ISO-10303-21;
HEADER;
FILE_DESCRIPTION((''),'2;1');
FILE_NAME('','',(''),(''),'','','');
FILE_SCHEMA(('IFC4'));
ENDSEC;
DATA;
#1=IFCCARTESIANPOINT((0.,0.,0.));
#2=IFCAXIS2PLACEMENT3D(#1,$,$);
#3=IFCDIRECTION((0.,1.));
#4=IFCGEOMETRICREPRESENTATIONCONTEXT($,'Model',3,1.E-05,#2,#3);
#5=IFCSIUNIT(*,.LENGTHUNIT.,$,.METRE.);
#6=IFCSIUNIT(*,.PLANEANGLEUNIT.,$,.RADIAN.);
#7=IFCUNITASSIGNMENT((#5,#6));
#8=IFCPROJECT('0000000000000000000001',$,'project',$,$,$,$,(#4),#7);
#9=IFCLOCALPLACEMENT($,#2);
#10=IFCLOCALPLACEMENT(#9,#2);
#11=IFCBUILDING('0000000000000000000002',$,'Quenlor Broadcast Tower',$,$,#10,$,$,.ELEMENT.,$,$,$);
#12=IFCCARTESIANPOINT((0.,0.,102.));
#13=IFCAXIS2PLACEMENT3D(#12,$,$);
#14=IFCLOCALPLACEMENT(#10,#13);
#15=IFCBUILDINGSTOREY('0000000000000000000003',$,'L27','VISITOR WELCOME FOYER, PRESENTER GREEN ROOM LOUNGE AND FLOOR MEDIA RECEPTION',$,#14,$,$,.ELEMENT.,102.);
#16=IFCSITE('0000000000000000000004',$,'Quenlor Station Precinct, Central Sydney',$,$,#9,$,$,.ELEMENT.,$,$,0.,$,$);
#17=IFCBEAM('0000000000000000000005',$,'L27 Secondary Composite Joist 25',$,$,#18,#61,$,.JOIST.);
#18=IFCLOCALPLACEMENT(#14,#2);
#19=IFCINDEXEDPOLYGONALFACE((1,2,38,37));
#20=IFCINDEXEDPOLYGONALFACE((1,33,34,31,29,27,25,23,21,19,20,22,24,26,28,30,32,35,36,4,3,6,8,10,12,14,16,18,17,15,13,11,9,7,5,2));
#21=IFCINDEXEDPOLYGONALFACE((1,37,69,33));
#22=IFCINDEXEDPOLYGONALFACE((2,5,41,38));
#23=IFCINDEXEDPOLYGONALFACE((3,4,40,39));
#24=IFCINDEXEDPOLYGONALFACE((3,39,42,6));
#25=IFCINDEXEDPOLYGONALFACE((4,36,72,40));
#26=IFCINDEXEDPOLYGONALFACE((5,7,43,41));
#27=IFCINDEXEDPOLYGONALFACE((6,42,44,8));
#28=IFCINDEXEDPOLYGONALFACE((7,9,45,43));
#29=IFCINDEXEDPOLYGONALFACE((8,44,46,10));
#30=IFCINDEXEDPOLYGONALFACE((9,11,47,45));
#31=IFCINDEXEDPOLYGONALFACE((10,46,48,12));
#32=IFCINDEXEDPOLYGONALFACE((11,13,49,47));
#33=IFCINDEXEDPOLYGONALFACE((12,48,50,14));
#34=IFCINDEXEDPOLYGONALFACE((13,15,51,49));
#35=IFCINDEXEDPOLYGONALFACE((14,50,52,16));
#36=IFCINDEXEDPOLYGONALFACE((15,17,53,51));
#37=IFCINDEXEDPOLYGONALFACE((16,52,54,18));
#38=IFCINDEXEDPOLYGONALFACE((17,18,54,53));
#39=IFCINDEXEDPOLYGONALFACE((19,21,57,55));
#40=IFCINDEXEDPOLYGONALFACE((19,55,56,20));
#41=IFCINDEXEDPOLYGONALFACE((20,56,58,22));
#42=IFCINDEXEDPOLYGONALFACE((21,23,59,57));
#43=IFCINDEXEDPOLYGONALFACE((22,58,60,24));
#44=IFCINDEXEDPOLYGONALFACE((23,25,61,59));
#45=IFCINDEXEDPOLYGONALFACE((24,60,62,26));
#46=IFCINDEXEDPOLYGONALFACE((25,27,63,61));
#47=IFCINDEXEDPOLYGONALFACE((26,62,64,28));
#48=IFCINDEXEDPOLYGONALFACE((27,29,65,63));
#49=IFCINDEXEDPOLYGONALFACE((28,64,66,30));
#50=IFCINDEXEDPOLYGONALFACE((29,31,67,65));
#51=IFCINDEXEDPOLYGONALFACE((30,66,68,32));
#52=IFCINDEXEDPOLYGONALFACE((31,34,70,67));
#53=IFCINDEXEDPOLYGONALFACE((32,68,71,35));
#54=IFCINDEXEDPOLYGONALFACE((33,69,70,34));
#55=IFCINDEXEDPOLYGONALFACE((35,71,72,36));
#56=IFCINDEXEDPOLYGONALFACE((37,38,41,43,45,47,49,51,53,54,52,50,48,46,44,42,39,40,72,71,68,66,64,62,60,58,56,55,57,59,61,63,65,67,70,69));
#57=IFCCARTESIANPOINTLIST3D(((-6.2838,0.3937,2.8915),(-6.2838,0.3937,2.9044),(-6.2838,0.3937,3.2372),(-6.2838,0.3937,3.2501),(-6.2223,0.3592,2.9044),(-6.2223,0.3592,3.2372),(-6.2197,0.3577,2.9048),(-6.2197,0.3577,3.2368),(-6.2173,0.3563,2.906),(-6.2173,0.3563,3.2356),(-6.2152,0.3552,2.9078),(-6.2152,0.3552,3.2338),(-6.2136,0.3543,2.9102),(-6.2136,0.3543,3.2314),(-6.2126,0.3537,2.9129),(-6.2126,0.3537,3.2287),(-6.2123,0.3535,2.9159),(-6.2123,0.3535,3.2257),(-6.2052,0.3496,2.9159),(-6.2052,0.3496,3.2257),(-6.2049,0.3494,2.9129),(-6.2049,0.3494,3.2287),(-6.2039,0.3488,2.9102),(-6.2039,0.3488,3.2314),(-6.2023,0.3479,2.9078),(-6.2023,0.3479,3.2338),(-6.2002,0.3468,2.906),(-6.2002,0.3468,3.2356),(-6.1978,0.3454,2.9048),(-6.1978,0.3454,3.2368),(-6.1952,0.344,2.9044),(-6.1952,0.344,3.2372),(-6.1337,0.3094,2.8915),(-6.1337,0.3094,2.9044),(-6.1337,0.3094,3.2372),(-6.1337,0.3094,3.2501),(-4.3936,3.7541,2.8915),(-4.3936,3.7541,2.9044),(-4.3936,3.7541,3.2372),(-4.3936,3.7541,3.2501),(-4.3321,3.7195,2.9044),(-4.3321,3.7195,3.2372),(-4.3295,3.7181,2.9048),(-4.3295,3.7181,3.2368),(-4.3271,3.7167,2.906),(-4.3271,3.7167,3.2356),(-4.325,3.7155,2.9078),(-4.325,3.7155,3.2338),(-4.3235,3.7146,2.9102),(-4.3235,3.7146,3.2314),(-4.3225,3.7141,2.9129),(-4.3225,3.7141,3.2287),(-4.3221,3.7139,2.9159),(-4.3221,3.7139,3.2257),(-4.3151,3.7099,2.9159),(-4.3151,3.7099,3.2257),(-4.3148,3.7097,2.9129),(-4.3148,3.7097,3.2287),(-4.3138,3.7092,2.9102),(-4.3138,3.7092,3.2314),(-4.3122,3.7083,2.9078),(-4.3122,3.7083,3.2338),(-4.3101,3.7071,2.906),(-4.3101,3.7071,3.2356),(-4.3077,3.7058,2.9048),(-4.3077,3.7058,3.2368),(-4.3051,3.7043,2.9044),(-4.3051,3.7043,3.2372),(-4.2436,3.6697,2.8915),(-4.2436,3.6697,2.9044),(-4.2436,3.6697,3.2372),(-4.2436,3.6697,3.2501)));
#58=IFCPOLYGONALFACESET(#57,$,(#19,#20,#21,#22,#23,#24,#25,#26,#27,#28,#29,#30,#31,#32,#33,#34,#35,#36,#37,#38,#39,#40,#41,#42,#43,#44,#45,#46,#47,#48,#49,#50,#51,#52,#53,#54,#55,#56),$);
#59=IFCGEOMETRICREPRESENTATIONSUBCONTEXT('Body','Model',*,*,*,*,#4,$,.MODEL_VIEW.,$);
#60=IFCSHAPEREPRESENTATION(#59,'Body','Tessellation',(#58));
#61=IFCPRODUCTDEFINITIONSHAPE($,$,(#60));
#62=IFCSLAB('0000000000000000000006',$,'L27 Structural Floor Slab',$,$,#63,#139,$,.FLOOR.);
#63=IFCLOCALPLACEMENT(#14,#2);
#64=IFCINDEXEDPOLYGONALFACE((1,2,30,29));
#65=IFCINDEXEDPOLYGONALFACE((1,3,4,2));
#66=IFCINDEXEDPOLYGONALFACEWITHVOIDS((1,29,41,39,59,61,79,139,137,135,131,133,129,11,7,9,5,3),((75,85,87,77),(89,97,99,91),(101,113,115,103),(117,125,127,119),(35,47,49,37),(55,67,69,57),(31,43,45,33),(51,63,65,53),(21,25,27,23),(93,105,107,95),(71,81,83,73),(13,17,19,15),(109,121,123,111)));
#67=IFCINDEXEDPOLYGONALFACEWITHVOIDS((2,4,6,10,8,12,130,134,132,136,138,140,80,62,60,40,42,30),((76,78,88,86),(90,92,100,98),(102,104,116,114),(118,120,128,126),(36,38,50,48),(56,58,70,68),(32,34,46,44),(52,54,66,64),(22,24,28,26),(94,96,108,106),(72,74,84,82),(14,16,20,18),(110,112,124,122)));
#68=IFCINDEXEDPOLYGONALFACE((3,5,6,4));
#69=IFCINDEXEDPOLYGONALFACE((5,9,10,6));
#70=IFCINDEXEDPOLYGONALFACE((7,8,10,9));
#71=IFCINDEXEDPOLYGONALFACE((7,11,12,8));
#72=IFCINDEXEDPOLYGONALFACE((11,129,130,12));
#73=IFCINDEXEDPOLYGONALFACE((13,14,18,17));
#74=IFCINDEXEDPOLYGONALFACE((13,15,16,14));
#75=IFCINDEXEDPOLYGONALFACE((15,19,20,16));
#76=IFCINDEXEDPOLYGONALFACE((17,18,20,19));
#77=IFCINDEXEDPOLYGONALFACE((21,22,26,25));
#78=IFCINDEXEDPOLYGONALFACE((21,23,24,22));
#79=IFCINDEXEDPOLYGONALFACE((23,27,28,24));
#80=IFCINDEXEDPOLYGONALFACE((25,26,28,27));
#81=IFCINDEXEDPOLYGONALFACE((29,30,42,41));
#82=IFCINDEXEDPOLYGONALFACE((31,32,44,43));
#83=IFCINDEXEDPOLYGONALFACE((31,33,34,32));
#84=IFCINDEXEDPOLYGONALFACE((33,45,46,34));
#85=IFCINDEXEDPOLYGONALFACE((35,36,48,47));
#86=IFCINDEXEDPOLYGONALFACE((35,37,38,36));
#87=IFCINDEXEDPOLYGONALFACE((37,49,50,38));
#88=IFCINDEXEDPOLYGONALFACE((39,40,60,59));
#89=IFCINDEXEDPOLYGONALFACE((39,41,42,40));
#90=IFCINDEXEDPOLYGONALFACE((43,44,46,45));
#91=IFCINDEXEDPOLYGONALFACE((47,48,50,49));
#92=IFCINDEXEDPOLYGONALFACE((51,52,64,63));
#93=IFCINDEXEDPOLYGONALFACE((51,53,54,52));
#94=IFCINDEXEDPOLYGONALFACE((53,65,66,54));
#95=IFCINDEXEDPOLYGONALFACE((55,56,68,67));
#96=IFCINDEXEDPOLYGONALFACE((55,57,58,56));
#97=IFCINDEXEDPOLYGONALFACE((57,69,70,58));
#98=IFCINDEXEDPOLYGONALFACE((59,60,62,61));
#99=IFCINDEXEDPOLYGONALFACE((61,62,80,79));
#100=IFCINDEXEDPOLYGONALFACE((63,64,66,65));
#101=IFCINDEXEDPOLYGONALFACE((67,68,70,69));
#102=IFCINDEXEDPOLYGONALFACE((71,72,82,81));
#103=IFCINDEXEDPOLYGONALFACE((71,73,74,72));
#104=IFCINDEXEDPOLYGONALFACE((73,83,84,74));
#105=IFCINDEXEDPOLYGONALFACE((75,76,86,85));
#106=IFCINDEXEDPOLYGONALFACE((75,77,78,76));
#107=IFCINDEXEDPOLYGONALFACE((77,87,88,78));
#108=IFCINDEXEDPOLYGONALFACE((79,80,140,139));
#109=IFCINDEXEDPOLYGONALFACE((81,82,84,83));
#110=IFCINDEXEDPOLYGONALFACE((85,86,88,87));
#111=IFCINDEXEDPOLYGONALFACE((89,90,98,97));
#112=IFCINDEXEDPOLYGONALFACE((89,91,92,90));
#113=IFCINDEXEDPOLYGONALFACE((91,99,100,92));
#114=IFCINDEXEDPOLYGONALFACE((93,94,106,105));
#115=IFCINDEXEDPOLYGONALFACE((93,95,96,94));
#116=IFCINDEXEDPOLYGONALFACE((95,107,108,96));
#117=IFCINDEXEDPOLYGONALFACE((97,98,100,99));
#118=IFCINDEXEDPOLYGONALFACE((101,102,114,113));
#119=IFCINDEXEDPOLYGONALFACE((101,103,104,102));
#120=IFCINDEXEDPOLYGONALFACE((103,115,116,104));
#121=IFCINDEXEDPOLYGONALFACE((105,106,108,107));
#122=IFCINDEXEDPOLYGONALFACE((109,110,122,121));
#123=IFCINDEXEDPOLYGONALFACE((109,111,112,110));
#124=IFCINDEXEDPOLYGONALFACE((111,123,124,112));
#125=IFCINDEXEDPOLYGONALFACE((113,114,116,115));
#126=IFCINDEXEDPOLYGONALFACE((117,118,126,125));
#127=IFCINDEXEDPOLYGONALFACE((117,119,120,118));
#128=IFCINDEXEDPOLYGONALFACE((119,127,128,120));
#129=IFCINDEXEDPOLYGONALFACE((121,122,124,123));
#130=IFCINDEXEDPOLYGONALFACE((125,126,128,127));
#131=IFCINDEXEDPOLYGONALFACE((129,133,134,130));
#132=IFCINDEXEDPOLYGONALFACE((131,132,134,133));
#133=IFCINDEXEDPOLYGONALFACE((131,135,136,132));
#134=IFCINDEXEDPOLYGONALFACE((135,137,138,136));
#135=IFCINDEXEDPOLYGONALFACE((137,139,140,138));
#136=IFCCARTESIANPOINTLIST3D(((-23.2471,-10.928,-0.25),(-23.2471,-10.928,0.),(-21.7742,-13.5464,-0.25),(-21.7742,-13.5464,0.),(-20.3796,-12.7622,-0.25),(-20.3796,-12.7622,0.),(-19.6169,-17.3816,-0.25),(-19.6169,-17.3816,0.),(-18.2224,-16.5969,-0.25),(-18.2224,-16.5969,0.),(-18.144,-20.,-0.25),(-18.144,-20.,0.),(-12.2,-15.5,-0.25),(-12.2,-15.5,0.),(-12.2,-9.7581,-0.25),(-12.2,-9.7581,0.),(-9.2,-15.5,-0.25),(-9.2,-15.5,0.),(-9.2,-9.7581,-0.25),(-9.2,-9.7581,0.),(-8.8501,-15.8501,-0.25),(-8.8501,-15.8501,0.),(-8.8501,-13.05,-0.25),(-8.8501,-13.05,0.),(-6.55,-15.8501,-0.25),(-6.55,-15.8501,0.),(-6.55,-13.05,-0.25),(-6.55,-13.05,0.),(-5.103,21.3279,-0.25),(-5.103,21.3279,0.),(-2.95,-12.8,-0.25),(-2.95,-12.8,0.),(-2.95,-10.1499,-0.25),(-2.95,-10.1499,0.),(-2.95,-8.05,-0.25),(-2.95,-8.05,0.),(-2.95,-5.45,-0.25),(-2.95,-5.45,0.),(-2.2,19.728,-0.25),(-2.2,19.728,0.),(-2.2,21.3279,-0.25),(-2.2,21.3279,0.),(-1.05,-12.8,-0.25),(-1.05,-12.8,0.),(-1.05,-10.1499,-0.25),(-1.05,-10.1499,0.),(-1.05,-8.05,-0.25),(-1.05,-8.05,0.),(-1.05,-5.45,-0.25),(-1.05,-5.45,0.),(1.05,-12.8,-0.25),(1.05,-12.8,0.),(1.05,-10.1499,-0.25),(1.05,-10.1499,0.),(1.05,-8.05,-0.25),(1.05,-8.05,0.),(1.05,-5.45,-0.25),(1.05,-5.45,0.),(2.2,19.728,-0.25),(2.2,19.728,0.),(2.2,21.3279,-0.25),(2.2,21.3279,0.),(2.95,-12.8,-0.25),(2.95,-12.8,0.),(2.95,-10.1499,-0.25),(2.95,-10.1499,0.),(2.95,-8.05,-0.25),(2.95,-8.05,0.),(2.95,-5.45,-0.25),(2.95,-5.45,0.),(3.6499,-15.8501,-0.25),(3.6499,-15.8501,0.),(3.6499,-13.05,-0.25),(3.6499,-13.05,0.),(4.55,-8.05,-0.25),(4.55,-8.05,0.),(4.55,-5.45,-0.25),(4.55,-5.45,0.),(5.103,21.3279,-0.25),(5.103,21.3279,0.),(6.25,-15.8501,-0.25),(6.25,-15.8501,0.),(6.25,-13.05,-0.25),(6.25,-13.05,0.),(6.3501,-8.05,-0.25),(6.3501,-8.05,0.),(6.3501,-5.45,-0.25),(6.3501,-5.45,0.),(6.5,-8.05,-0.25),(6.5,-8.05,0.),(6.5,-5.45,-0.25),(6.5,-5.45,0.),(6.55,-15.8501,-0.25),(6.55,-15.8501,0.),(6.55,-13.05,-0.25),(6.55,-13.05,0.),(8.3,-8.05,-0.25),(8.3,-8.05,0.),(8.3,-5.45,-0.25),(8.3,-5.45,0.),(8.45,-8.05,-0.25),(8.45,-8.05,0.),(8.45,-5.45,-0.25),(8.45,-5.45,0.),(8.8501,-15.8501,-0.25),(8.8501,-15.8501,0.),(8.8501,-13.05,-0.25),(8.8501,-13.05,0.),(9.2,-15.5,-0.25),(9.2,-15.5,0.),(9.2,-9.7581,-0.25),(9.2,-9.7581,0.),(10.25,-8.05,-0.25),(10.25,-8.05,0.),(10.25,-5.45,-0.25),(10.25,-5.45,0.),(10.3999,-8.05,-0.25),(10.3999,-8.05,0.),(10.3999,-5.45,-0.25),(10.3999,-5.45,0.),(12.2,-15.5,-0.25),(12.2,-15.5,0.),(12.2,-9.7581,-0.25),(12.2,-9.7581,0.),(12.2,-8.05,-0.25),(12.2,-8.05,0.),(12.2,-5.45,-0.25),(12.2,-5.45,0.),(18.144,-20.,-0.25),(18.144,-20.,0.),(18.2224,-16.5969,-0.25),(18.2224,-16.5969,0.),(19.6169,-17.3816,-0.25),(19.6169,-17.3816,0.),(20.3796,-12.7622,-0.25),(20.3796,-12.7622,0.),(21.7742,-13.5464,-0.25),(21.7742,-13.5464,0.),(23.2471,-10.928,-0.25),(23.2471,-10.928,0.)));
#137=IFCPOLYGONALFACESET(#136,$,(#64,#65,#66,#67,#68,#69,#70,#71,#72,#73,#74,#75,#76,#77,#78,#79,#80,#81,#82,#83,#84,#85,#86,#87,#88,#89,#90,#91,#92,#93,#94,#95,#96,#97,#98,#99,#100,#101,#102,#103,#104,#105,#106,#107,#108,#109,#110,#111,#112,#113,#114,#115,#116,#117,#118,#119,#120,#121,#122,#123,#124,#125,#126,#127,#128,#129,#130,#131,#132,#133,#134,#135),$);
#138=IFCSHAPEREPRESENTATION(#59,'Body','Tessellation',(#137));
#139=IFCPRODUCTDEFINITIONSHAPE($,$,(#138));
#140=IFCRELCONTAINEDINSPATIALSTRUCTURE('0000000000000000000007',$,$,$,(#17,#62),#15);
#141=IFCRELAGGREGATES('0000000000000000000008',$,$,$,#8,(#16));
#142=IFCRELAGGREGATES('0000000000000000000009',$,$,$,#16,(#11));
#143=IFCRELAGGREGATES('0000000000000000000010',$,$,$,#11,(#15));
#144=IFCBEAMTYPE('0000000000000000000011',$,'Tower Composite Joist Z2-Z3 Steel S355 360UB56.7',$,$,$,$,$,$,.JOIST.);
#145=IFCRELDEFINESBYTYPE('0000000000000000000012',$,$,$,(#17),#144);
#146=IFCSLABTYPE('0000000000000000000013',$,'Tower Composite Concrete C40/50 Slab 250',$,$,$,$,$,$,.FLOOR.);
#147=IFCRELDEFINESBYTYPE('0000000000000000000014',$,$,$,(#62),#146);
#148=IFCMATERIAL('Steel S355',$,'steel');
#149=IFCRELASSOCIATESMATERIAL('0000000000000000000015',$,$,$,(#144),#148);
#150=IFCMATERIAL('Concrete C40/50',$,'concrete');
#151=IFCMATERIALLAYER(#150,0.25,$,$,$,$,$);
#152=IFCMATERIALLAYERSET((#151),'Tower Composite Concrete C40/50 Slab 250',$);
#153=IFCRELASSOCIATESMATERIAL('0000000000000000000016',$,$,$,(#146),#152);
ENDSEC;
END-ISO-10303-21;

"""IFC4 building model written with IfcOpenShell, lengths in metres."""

from ifc_helpers import new_model, si_unit, direction, frame, origin, origin_2d, place, context, subcontext, project, spatial, polyline, i_section, outline, extrude, material, layer, layer_set, material_profile, profile_set, type_object, element, save


model = new_model("IFC4")

# Units and contexts
model_context = context("Model", 3, precision=1e-05, world=origin(), true_north=direction((0.0, 1.0)))
body_context = subcontext(model_context, "Body", "Model", "MODEL_VIEW")
ifc_project = project(units=[si_unit("LENGTHUNIT", "METRE"), si_unit("PLANEANGLEUNIT", "RADIAN")], contexts=[model_context])

# Site, building, storey
site_placement = place(None, origin())
site = spatial("IfcSite", under=ifc_project, at=site_placement, Name="Quenlor Station Precinct, Central Sydney", CompositionType="ELEMENT", RefElevation=0.0)
building_placement = place(site_placement, origin())
building = spatial("IfcBuilding", under=site, at=building_placement, Name="Quenlor Broadcast Tower", CompositionType="ELEMENT")
storey_placement = place(building_placement, frame((0.0, 0.0, 102.0)))
storey = spatial("IfcBuildingStorey", under=building, at=storey_placement, Name="L27", Description="VISITOR WELCOME FOYER, PRESENTER GREEN ROOM LOUNGE AND FLOOR MEDIA RECEPTION", CompositionType="ELEMENT", Elevation=102.0)

# Beam
ifc_material_1 = material(Name="Steel S355", Category="steel")
ifc_material_profile = material_profile(ifc_material_1, i_section(OverallWidth=0.1721, OverallDepth=0.3586, WebThickness=0.0081, FlangeThickness=0.0129, FilletRadius=0.0115, at=origin_2d()))
ifc_profile_set = profile_set([ifc_material_profile], Name="Steel S355 360UB56.7")
beam_type = type_object("IfcBeamType", Name="Tower Composite Joist Z2-Z3 Steel S355 360UB56.7", PredefinedType="JOIST", material=ifc_profile_set)
beam_1_placement = place(storey_placement, frame((-4.3186, 3.7119, 3.0708), z_axis=(-0.490249, -0.871582, 0.0), x_axis=(0.871582, -0.490249, 0.0)))
element("IfcBeam", 1, at=beam_1_placement, inside=storey, type_object=beam_type, Name="L27 Secondary Composite Joist 25", PredefinedType="JOIST", context=body_context, shape_type="SweptSolid", body=[
    extrude(i_section(OverallWidth=0.1721, OverallDepth=0.3586, WebThickness=0.0081, FlangeThickness=0.0129, FilletRadius=0.0115, at=origin_2d()), origin(), (0.0, 0.0, 1.0), 3.8555),
])

# Slab
ifc_material_2 = material(Name="Concrete C40/50", Category="concrete")
ifc_layer_1 = layer(ifc_material_2, 0.25)
ifc_layer_set_1 = layer_set([ifc_layer_1], Name="Tower Composite Concrete C40/50 Slab 250")
slab_type = type_object("IfcSlabType", Name="Tower Composite Concrete C40/50 Slab 250", PredefinedType="FLOOR", material=ifc_layer_set_1)
slab_placement = place(storey_placement, frame((0.0, 0.0, -0.25)))
element("IfcSlab", 2, at=slab_placement, inside=storey, type_object=slab_type, Name="L27 Structural Floor Slab", PredefinedType="FLOOR", context=body_context, shape_type="SweptSolid", body=[
    extrude(outline(polyline([(18.144, -20.0), (19.6169, -17.3816), (18.2224, -16.5969), (20.3796, -12.7622), (21.7742, -13.5464), (23.2471, -10.928), (5.103, 21.3279), (2.2, 21.3279), (2.2, 19.728), (-2.2, 19.728), (-2.2, 21.3279), (-5.103, 21.3279), (-23.2471, -10.928), (-21.7742, -13.5464), (-20.3796, -12.7622), (-18.2224, -16.5969), (-19.6169, -17.3816), (-18.144, -20.0), (18.144, -20.0)]), holes=[polyline([(-12.2, -9.7581), (-12.2, -15.5), (-9.2, -15.5), (-9.2, -9.7581), (-12.2, -9.7581)]), polyline([(9.2, -9.7581), (9.2, -15.5), (12.2, -15.5), (12.2, -9.7581), (9.2, -9.7581)]), polyline([(-2.95, -8.05), (-1.05, -8.05), (-1.05, -5.45), (-2.95, -5.45), (-2.95, -8.05)]), polyline([(1.05, -8.05), (2.95, -8.05), (2.95, -5.45), (1.05, -5.45), (1.05, -8.05)]), polyline([(-2.95, -12.8), (-1.05, -12.8), (-1.05, -10.1499), (-2.95, -10.1499), (-2.95, -12.8)]), polyline([(1.05, -12.8), (2.95, -12.8), (2.95, -10.1499), (1.05, -10.1499), (1.05, -12.8)]), polyline([(4.55, -8.05), (6.3501, -8.05), (6.3501, -5.45), (4.55, -5.45), (4.55, -8.05)]), polyline([(6.5, -8.05), (8.3, -8.05), (8.3, -5.45), (6.5, -5.45), (6.5, -8.05)]), polyline([(8.45, -8.05), (10.25, -8.05), (10.25, -5.45), (8.45, -5.45), (8.45, -8.05)]), polyline([(10.3999, -8.05), (12.2, -8.05), (12.2, -5.45), (10.3999, -5.45), (10.3999, -8.05)]), polyline([(-8.8501, -15.8501), (-6.55, -15.8501), (-6.55, -13.05), (-8.8501, -13.05), (-8.8501, -15.8501)]), polyline([(6.55, -15.8501), (8.8501, -15.8501), (8.8501, -13.05), (6.55, -13.05), (6.55, -15.8501)]), polyline([(3.6499, -15.8501), (6.25, -15.8501), (6.25, -13.05), (3.6499, -13.05), (3.6499, -15.8501)])]), origin(), (0.0, 0.0, 1.0), 0.25),
])

save(model, "model.ifc")
